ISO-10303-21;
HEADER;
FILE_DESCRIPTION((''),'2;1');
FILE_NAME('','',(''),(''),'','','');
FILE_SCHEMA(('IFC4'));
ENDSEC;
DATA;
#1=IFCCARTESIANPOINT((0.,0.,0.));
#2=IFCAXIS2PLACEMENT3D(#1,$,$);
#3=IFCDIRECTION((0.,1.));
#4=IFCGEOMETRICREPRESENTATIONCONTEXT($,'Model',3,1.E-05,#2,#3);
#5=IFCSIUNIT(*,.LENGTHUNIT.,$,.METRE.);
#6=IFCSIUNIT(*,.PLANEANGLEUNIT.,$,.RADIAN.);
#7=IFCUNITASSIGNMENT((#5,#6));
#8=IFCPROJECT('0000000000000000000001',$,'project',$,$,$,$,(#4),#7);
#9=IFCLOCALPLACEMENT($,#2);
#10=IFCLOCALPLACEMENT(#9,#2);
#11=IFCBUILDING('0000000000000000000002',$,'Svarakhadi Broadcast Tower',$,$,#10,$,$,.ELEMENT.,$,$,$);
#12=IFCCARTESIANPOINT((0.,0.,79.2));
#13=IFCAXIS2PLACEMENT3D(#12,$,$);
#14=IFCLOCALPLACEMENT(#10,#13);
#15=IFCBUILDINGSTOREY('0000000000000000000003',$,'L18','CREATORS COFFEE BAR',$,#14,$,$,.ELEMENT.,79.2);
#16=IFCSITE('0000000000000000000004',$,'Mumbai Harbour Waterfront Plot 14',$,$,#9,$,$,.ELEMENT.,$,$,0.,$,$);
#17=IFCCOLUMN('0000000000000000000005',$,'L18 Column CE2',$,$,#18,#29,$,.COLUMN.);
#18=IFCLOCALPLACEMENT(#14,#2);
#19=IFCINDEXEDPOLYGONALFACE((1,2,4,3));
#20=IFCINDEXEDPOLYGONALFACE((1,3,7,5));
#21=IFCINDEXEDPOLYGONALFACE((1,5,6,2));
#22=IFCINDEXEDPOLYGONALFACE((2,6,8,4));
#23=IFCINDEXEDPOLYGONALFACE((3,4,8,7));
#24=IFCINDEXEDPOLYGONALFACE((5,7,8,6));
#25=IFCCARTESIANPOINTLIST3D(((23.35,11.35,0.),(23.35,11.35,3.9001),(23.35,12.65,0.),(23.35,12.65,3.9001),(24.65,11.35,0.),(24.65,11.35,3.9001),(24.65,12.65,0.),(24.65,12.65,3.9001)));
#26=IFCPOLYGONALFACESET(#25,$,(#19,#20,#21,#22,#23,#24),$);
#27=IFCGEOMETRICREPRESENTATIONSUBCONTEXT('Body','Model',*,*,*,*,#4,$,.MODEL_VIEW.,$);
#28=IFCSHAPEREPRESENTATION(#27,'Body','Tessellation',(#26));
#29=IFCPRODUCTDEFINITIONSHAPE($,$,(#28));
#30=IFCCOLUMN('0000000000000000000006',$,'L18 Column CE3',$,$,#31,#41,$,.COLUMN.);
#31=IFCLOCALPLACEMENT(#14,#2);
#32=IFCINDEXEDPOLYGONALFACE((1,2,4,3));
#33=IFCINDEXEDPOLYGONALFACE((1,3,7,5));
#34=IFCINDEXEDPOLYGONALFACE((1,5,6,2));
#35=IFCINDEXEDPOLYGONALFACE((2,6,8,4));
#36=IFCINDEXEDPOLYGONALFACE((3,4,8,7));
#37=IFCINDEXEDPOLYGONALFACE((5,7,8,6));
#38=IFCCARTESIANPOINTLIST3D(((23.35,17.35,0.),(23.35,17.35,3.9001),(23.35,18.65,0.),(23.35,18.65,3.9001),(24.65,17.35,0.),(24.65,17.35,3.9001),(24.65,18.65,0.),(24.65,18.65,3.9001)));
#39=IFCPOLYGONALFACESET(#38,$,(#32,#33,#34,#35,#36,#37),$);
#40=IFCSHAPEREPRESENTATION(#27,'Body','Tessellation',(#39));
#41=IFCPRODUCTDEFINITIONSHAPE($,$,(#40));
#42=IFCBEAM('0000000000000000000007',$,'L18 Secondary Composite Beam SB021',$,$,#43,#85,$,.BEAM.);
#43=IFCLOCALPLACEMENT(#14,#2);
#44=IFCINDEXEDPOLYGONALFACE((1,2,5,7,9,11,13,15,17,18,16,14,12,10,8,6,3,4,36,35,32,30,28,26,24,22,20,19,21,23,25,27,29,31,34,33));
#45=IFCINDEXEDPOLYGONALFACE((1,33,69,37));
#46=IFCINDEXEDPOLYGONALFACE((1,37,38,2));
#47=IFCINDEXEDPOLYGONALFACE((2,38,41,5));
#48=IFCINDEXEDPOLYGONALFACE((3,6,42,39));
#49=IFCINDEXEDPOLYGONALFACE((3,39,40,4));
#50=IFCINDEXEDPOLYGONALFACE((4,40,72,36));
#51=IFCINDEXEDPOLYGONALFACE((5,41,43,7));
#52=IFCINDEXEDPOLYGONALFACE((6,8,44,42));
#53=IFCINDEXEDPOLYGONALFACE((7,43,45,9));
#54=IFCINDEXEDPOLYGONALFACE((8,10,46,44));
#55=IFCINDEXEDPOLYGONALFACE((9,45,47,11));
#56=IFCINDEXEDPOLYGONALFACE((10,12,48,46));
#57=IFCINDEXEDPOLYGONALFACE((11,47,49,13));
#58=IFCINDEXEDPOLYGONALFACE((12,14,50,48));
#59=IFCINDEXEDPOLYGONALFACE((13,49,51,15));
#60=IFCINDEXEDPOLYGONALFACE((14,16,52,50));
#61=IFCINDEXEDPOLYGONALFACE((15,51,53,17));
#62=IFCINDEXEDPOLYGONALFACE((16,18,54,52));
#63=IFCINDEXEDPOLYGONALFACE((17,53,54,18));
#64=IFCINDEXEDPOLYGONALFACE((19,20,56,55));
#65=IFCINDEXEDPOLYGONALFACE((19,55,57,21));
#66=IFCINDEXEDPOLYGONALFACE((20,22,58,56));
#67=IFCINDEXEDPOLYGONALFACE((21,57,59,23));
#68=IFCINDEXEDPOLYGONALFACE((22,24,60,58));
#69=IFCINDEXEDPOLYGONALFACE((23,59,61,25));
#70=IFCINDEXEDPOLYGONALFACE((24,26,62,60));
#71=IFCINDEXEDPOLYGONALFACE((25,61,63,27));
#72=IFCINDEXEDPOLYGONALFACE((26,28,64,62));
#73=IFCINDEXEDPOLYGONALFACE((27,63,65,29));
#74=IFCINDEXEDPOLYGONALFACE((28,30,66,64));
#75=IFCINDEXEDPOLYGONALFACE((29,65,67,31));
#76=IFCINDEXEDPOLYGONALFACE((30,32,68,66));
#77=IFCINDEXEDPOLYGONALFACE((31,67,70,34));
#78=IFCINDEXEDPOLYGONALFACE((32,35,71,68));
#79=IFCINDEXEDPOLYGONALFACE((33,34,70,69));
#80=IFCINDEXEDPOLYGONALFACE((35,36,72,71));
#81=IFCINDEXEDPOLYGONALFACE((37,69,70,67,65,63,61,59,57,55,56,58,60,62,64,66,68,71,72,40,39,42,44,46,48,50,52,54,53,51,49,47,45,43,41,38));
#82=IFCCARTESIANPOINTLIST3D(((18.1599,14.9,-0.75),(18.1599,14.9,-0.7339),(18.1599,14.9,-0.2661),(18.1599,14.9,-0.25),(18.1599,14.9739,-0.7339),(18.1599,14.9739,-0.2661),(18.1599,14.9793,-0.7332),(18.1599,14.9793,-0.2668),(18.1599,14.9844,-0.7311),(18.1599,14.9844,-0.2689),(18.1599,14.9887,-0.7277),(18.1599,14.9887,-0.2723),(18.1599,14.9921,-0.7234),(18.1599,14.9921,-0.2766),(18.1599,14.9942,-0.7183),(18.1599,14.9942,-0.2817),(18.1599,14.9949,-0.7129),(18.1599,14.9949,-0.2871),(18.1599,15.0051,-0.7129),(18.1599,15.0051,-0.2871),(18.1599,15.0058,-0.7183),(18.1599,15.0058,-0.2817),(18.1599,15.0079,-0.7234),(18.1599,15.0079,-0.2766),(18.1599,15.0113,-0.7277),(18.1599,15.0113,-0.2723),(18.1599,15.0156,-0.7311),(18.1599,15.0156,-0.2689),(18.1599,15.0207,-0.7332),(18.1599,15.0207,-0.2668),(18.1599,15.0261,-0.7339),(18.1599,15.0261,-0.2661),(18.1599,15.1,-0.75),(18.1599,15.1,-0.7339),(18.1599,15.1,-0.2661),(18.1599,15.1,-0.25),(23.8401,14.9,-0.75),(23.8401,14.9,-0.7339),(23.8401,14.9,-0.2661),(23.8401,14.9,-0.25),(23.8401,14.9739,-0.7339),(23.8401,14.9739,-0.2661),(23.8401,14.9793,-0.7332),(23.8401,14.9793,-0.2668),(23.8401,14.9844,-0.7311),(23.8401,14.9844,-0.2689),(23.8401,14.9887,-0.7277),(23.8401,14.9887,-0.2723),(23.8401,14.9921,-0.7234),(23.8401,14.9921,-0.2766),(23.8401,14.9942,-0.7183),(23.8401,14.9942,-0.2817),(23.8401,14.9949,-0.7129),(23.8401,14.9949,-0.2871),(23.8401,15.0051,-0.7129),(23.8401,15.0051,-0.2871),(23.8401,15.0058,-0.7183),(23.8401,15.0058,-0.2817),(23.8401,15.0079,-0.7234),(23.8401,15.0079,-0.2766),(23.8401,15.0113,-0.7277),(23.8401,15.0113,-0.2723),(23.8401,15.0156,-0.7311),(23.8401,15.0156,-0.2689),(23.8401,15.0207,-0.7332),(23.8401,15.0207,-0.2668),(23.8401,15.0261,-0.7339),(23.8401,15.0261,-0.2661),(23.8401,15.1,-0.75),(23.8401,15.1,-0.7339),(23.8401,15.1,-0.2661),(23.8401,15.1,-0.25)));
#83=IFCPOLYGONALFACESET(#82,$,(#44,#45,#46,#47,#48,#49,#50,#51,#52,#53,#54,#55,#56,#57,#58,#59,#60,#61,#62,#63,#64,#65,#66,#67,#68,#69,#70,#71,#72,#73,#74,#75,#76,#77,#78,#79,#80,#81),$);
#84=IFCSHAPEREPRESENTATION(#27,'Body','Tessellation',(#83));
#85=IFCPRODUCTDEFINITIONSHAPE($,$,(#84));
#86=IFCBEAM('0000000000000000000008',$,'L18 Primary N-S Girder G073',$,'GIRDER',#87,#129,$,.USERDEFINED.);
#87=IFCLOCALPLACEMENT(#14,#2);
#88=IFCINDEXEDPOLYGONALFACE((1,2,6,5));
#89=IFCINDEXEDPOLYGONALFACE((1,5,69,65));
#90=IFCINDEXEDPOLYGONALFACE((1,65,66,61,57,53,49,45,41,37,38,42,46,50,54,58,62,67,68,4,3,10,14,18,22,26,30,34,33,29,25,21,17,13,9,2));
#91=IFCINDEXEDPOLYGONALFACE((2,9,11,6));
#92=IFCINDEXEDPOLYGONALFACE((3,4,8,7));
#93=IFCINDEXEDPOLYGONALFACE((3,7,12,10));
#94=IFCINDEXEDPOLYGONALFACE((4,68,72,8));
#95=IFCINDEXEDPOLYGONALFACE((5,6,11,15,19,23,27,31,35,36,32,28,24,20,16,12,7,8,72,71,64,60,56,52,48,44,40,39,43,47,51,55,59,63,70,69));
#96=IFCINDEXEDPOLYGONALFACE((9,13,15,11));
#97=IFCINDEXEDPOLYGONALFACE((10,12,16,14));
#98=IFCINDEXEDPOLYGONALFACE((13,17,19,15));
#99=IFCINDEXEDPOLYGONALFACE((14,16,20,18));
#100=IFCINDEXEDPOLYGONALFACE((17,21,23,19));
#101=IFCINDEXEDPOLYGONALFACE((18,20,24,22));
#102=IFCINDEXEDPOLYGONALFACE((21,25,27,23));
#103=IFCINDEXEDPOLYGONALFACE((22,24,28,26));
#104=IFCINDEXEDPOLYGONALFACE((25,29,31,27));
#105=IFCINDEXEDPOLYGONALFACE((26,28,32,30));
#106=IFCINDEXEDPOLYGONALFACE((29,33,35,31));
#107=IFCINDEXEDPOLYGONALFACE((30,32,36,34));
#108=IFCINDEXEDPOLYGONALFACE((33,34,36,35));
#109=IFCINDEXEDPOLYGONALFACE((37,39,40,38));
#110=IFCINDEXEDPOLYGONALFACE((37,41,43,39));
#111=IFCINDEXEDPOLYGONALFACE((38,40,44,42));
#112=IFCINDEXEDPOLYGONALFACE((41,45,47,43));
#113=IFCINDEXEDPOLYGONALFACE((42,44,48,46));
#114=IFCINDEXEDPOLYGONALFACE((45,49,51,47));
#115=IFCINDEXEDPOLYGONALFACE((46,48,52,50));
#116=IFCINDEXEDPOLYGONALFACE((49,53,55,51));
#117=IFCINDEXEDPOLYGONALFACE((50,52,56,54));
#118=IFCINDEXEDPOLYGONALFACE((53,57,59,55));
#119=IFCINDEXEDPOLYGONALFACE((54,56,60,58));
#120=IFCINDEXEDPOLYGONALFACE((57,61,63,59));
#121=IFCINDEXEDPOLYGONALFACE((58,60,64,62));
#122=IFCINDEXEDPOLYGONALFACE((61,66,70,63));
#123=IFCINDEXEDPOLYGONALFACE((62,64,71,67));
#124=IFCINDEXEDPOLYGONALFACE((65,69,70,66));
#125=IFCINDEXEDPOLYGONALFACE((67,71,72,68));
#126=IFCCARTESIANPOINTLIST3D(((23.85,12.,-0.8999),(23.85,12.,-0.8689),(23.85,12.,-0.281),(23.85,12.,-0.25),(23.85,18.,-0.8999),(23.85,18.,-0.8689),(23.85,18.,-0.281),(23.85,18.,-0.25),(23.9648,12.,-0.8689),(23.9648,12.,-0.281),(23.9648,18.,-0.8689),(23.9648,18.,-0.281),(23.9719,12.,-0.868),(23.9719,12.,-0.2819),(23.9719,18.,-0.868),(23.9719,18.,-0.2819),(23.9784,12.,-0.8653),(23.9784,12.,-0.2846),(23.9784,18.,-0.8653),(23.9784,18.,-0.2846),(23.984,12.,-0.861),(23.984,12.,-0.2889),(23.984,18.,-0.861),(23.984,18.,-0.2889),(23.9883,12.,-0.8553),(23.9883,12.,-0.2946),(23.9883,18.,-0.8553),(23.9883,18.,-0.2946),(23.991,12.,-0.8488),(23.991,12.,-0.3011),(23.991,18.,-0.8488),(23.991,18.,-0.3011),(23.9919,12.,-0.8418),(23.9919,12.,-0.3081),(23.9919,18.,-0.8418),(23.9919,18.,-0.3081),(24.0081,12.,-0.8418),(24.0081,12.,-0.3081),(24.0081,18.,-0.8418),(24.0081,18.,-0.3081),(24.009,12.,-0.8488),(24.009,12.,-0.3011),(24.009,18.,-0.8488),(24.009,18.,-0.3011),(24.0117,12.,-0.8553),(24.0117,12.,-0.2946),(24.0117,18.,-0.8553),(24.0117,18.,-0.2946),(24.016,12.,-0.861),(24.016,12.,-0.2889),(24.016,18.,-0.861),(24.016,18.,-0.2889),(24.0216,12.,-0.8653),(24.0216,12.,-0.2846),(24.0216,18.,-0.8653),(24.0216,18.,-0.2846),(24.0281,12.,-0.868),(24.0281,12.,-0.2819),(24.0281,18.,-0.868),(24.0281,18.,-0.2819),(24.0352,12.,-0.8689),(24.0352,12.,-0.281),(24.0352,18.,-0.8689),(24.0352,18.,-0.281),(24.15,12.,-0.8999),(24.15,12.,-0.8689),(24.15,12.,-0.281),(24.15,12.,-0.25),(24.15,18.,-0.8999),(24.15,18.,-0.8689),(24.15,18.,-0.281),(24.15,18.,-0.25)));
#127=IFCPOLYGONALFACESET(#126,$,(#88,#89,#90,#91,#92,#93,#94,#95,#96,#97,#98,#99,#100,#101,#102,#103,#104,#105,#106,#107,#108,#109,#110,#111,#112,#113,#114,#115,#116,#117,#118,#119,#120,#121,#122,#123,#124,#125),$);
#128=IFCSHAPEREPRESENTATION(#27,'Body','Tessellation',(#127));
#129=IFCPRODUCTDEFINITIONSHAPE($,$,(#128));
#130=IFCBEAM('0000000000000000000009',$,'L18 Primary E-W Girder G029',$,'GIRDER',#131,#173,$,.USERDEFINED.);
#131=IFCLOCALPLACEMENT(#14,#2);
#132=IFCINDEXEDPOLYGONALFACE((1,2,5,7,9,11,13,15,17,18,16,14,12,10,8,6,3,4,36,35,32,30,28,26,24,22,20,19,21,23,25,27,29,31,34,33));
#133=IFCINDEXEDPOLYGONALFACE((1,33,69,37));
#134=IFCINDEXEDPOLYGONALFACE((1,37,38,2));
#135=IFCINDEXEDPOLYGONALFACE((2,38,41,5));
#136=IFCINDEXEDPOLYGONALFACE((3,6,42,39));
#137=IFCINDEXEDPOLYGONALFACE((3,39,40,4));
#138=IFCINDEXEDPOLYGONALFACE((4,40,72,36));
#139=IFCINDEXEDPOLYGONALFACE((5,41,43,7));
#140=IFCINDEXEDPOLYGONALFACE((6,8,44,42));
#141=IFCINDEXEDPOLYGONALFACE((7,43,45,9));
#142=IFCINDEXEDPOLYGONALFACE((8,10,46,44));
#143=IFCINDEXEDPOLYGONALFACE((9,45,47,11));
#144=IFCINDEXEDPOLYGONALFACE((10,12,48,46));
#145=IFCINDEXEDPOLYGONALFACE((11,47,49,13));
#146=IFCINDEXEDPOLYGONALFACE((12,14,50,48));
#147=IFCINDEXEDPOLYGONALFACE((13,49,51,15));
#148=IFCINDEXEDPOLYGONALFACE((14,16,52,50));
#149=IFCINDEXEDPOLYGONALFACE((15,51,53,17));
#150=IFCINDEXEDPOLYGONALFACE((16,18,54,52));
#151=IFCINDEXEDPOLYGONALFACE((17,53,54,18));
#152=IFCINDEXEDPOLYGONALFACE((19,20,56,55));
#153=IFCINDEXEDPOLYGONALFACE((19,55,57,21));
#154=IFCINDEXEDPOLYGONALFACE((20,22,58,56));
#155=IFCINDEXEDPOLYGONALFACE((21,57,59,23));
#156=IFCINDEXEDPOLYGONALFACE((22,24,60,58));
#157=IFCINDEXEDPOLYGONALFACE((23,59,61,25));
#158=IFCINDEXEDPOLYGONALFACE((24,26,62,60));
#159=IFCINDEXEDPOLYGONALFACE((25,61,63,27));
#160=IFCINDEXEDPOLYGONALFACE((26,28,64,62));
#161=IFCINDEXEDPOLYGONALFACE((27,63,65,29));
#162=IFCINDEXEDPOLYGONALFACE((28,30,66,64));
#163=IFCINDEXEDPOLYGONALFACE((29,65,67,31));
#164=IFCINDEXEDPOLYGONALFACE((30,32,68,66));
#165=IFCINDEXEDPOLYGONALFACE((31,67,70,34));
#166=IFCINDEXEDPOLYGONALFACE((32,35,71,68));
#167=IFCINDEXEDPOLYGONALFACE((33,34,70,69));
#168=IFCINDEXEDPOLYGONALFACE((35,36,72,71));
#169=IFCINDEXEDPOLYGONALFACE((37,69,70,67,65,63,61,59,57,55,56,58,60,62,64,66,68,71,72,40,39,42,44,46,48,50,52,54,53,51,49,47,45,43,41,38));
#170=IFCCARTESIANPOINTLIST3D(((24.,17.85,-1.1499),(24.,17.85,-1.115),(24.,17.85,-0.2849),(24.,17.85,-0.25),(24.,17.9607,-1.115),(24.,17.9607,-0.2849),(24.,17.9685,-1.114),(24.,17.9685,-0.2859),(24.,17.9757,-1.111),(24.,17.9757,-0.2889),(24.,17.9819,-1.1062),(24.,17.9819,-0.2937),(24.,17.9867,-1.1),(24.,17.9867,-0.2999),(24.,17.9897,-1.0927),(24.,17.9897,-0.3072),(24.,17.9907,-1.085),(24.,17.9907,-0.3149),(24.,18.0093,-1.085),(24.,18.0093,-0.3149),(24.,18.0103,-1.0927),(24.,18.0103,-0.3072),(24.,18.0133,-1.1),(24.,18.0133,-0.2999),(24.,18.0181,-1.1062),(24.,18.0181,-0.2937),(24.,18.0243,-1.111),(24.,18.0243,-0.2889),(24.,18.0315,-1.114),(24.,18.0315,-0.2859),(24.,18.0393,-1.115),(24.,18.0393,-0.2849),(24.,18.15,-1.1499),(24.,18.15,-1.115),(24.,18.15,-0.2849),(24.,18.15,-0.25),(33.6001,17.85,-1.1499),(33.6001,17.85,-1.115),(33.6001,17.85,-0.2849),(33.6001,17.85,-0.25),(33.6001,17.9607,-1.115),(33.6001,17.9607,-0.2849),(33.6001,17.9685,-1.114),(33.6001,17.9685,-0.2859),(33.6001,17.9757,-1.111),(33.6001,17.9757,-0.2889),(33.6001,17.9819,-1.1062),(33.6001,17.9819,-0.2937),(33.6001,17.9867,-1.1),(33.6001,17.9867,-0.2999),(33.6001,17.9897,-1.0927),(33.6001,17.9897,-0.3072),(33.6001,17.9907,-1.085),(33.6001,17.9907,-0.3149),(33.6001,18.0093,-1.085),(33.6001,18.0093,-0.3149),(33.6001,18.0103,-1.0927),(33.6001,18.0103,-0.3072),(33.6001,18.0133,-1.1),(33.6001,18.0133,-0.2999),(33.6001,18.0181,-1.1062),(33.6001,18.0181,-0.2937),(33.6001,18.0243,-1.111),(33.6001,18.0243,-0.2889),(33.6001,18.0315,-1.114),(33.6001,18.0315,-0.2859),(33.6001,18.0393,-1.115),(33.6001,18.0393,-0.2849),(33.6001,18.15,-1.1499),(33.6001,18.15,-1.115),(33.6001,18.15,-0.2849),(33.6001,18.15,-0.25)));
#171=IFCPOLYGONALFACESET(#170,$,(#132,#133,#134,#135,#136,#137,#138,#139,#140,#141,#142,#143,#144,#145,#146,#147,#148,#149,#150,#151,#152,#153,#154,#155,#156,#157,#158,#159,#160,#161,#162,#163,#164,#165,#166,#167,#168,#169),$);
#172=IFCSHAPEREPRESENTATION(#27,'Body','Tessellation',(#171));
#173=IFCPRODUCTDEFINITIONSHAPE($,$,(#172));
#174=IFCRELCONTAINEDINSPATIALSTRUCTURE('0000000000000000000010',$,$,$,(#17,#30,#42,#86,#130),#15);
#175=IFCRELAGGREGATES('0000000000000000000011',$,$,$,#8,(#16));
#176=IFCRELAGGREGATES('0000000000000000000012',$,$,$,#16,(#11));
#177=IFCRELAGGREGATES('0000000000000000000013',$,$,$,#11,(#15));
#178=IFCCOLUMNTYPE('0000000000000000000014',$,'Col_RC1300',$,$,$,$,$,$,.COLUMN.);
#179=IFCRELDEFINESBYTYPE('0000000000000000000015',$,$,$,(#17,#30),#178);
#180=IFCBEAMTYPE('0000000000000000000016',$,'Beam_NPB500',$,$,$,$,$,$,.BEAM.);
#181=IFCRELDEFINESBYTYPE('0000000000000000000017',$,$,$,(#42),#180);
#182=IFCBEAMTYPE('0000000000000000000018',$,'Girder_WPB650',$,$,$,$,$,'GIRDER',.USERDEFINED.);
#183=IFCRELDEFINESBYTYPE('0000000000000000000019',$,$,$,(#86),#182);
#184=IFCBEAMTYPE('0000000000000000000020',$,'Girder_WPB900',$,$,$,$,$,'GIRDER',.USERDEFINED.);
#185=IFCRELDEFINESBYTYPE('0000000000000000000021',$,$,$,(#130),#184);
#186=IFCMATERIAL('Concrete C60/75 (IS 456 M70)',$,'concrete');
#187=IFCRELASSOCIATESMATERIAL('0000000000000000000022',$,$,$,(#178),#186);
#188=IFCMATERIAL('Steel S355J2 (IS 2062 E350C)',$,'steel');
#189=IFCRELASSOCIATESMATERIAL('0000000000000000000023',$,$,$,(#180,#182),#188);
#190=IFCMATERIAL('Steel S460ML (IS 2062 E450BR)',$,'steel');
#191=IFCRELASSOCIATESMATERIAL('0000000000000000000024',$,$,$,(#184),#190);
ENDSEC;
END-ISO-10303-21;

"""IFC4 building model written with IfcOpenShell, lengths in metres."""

from ifc_helpers import new_model, si_unit, direction, frame, origin, origin_2d, place, context, subcontext, project, spatial, rectangle, i_section, extrude, material, material_profile, profile_set, type_object, element, save


model = new_model("IFC4")

# Units and contexts
model_context = context("Model", 3, precision=1e-05, world=origin(), true_north=direction((0.0, 1.0)))
body_context = subcontext(model_context, "Body", "Model", "MODEL_VIEW")
ifc_project = project(units=[si_unit("LENGTHUNIT", "METRE"), si_unit("PLANEANGLEUNIT", "RADIAN")], contexts=[model_context])

# Site, building, storey
site_placement = place(None, origin())
site = spatial("IfcSite", under=ifc_project, at=site_placement, Name="Mumbai Harbour Waterfront Plot 14", CompositionType="ELEMENT", RefElevation=0.0)
building_placement = place(site_placement, origin())
building = spatial("IfcBuilding", under=site, at=building_placement, Name="Svarakhadi Broadcast Tower", CompositionType="ELEMENT")
storey_placement = place(building_placement, frame((0.0, 0.0, 79.2)))
storey = spatial("IfcBuildingStorey", under=building, at=storey_placement, Name="L18", Description="CREATORS COFFEE BAR", CompositionType="ELEMENT", Elevation=79.2)

# Columns
ifc_material_1 = material(Name="Concrete C60/75 (IS 456 M70)", Category="concrete")
ifc_material_profile_1 = material_profile(ifc_material_1, rectangle(XDim=1.3, YDim=1.3, at=origin_2d()), Name="RC 1300x1300")
ifc_profile_set_1 = profile_set([ifc_material_profile_1], Name="Concrete C60/75 (IS 456 M70)")
column_type = type_object("IfcColumnType", Name="Col_RC1300", PredefinedType="COLUMN", material=ifc_profile_set_1)
for number, where, z_axis, x_axis, name in (
    (1, (24.0, 12.0, 0.0), (0.0, 0.0, 1.0), (1.0, 0.0, 0.0), "L18 Column CE2"),
    (2, (24.0, 18.0, 0.0), (0.0, 0.0, 1.0), (1.0, 0.0, 0.0), "L18 Column CE3"),
):
    element("IfcColumn", number, at=place(storey_placement, frame(where, z_axis=z_axis, x_axis=x_axis)), inside=storey, type_object=column_type, Name=name, PredefinedType="COLUMN", context=body_context, shape_type="SweptSolid", body=[
        extrude(rectangle(XDim=1.3, YDim=1.3, at=origin_2d()), origin(), (0.0, 0.0, 1.0), 3.9001),
    ])

# Beams
ifc_material_2 = material(Name="Steel S355J2 (IS 2062 E350C)", Category="steel")
ifc_material_profile_2 = material_profile(ifc_material_2, i_section(OverallWidth=0.2, OverallDepth=0.5, WebThickness=0.0103, FlangeThickness=0.0161, FilletRadius=0.021, at=origin_2d()), Name="NPB 500x200x91")
ifc_profile_set_2 = profile_set([ifc_material_profile_2], Name="Steel S355J2 (IS 2062 E350C)")
beam_type_1 = type_object("IfcBeamType", Name="Beam_NPB500", PredefinedType="BEAM", material=ifc_profile_set_2)
beam_1_placement = place(storey_placement, frame((18.1599, 15.0, -0.5), z_axis=(1.0, 0.0, 0.0), x_axis=(0.0, 1.0, 0.0)))
element("IfcBeam", 3, at=beam_1_placement, inside=storey, type_object=beam_type_1, Name="L18 Secondary Composite Beam SB021", PredefinedType="BEAM", context=body_context, shape_type="SweptSolid", body=[
    extrude(i_section(OverallWidth=0.2, OverallDepth=0.5, WebThickness=0.0103, FlangeThickness=0.0161, FilletRadius=0.021, at=origin_2d()), origin(), (0.0, 0.0, 1.0), 5.6802),
])
ifc_material_profile_3 = material_profile(ifc_material_2, i_section(OverallWidth=0.3, OverallDepth=0.6499, WebThickness=0.0161, FlangeThickness=0.031, FilletRadius=0.0271, at=origin_2d()), Name="WPB 650x300x225")
ifc_profile_set_3 = profile_set([ifc_material_profile_3], Name="Steel S355J2 (IS 2062 E350C)")
beam_type_2 = type_object("IfcBeamType", Name="Girder_WPB650", ElementType="GIRDER", PredefinedType="USERDEFINED", material=ifc_profile_set_3)
beam_2_placement = place(storey_placement, frame((24.0, 12.0, -0.575), z_axis=(0.0, 1.0, 0.0), x_axis=(-1.0, 0.0, 0.0)))
element("IfcBeam", 4, at=beam_2_placement, inside=storey, type_object=beam_type_2, Name="L18 Primary N-S Girder G073", ObjectType="GIRDER", PredefinedType="USERDEFINED", context=body_context, shape_type="SweptSolid", body=[
    extrude(i_section(OverallWidth=0.3, OverallDepth=0.6499, WebThickness=0.0161, FlangeThickness=0.031, FilletRadius=0.0271, at=origin_2d()), origin(), (0.0, 0.0, 1.0), 6.0),
])
ifc_material_3 = material(Name="Steel S460ML (IS 2062 E450BR)", Category="steel")
ifc_material_profile_4 = material_profile(ifc_material_3, i_section(OverallWidth=0.3, OverallDepth=0.8999, WebThickness=0.0186, FlangeThickness=0.0349, FilletRadius=0.03, at=origin_2d()), Name="WPB 900x300x291")
ifc_profile_set_4 = profile_set([ifc_material_profile_4], Name="Steel S460ML (IS 2062 E450BR)")
beam_type_3 = type_object("IfcBeamType", Name="Girder_WPB900", ElementType="GIRDER", PredefinedType="USERDEFINED", material=ifc_profile_set_4)
beam_3_placement = place(storey_placement, frame((24.0, 18.0, -0.7), z_axis=(1.0, 0.0, 0.0), x_axis=(0.0, 1.0, 0.0)))
element("IfcBeam", 5, at=beam_3_placement, inside=storey, type_object=beam_type_3, Name="L18 Primary E-W Girder G029", ObjectType="GIRDER", PredefinedType="USERDEFINED", context=body_context, shape_type="SweptSolid", body=[
    extrude(i_section(OverallWidth=0.3, OverallDepth=0.8999, WebThickness=0.0186, FlangeThickness=0.0349, FilletRadius=0.03, at=origin_2d()), origin(), (0.0, 0.0, 1.0), 9.6001),
])

save(model, "model.ifc")
